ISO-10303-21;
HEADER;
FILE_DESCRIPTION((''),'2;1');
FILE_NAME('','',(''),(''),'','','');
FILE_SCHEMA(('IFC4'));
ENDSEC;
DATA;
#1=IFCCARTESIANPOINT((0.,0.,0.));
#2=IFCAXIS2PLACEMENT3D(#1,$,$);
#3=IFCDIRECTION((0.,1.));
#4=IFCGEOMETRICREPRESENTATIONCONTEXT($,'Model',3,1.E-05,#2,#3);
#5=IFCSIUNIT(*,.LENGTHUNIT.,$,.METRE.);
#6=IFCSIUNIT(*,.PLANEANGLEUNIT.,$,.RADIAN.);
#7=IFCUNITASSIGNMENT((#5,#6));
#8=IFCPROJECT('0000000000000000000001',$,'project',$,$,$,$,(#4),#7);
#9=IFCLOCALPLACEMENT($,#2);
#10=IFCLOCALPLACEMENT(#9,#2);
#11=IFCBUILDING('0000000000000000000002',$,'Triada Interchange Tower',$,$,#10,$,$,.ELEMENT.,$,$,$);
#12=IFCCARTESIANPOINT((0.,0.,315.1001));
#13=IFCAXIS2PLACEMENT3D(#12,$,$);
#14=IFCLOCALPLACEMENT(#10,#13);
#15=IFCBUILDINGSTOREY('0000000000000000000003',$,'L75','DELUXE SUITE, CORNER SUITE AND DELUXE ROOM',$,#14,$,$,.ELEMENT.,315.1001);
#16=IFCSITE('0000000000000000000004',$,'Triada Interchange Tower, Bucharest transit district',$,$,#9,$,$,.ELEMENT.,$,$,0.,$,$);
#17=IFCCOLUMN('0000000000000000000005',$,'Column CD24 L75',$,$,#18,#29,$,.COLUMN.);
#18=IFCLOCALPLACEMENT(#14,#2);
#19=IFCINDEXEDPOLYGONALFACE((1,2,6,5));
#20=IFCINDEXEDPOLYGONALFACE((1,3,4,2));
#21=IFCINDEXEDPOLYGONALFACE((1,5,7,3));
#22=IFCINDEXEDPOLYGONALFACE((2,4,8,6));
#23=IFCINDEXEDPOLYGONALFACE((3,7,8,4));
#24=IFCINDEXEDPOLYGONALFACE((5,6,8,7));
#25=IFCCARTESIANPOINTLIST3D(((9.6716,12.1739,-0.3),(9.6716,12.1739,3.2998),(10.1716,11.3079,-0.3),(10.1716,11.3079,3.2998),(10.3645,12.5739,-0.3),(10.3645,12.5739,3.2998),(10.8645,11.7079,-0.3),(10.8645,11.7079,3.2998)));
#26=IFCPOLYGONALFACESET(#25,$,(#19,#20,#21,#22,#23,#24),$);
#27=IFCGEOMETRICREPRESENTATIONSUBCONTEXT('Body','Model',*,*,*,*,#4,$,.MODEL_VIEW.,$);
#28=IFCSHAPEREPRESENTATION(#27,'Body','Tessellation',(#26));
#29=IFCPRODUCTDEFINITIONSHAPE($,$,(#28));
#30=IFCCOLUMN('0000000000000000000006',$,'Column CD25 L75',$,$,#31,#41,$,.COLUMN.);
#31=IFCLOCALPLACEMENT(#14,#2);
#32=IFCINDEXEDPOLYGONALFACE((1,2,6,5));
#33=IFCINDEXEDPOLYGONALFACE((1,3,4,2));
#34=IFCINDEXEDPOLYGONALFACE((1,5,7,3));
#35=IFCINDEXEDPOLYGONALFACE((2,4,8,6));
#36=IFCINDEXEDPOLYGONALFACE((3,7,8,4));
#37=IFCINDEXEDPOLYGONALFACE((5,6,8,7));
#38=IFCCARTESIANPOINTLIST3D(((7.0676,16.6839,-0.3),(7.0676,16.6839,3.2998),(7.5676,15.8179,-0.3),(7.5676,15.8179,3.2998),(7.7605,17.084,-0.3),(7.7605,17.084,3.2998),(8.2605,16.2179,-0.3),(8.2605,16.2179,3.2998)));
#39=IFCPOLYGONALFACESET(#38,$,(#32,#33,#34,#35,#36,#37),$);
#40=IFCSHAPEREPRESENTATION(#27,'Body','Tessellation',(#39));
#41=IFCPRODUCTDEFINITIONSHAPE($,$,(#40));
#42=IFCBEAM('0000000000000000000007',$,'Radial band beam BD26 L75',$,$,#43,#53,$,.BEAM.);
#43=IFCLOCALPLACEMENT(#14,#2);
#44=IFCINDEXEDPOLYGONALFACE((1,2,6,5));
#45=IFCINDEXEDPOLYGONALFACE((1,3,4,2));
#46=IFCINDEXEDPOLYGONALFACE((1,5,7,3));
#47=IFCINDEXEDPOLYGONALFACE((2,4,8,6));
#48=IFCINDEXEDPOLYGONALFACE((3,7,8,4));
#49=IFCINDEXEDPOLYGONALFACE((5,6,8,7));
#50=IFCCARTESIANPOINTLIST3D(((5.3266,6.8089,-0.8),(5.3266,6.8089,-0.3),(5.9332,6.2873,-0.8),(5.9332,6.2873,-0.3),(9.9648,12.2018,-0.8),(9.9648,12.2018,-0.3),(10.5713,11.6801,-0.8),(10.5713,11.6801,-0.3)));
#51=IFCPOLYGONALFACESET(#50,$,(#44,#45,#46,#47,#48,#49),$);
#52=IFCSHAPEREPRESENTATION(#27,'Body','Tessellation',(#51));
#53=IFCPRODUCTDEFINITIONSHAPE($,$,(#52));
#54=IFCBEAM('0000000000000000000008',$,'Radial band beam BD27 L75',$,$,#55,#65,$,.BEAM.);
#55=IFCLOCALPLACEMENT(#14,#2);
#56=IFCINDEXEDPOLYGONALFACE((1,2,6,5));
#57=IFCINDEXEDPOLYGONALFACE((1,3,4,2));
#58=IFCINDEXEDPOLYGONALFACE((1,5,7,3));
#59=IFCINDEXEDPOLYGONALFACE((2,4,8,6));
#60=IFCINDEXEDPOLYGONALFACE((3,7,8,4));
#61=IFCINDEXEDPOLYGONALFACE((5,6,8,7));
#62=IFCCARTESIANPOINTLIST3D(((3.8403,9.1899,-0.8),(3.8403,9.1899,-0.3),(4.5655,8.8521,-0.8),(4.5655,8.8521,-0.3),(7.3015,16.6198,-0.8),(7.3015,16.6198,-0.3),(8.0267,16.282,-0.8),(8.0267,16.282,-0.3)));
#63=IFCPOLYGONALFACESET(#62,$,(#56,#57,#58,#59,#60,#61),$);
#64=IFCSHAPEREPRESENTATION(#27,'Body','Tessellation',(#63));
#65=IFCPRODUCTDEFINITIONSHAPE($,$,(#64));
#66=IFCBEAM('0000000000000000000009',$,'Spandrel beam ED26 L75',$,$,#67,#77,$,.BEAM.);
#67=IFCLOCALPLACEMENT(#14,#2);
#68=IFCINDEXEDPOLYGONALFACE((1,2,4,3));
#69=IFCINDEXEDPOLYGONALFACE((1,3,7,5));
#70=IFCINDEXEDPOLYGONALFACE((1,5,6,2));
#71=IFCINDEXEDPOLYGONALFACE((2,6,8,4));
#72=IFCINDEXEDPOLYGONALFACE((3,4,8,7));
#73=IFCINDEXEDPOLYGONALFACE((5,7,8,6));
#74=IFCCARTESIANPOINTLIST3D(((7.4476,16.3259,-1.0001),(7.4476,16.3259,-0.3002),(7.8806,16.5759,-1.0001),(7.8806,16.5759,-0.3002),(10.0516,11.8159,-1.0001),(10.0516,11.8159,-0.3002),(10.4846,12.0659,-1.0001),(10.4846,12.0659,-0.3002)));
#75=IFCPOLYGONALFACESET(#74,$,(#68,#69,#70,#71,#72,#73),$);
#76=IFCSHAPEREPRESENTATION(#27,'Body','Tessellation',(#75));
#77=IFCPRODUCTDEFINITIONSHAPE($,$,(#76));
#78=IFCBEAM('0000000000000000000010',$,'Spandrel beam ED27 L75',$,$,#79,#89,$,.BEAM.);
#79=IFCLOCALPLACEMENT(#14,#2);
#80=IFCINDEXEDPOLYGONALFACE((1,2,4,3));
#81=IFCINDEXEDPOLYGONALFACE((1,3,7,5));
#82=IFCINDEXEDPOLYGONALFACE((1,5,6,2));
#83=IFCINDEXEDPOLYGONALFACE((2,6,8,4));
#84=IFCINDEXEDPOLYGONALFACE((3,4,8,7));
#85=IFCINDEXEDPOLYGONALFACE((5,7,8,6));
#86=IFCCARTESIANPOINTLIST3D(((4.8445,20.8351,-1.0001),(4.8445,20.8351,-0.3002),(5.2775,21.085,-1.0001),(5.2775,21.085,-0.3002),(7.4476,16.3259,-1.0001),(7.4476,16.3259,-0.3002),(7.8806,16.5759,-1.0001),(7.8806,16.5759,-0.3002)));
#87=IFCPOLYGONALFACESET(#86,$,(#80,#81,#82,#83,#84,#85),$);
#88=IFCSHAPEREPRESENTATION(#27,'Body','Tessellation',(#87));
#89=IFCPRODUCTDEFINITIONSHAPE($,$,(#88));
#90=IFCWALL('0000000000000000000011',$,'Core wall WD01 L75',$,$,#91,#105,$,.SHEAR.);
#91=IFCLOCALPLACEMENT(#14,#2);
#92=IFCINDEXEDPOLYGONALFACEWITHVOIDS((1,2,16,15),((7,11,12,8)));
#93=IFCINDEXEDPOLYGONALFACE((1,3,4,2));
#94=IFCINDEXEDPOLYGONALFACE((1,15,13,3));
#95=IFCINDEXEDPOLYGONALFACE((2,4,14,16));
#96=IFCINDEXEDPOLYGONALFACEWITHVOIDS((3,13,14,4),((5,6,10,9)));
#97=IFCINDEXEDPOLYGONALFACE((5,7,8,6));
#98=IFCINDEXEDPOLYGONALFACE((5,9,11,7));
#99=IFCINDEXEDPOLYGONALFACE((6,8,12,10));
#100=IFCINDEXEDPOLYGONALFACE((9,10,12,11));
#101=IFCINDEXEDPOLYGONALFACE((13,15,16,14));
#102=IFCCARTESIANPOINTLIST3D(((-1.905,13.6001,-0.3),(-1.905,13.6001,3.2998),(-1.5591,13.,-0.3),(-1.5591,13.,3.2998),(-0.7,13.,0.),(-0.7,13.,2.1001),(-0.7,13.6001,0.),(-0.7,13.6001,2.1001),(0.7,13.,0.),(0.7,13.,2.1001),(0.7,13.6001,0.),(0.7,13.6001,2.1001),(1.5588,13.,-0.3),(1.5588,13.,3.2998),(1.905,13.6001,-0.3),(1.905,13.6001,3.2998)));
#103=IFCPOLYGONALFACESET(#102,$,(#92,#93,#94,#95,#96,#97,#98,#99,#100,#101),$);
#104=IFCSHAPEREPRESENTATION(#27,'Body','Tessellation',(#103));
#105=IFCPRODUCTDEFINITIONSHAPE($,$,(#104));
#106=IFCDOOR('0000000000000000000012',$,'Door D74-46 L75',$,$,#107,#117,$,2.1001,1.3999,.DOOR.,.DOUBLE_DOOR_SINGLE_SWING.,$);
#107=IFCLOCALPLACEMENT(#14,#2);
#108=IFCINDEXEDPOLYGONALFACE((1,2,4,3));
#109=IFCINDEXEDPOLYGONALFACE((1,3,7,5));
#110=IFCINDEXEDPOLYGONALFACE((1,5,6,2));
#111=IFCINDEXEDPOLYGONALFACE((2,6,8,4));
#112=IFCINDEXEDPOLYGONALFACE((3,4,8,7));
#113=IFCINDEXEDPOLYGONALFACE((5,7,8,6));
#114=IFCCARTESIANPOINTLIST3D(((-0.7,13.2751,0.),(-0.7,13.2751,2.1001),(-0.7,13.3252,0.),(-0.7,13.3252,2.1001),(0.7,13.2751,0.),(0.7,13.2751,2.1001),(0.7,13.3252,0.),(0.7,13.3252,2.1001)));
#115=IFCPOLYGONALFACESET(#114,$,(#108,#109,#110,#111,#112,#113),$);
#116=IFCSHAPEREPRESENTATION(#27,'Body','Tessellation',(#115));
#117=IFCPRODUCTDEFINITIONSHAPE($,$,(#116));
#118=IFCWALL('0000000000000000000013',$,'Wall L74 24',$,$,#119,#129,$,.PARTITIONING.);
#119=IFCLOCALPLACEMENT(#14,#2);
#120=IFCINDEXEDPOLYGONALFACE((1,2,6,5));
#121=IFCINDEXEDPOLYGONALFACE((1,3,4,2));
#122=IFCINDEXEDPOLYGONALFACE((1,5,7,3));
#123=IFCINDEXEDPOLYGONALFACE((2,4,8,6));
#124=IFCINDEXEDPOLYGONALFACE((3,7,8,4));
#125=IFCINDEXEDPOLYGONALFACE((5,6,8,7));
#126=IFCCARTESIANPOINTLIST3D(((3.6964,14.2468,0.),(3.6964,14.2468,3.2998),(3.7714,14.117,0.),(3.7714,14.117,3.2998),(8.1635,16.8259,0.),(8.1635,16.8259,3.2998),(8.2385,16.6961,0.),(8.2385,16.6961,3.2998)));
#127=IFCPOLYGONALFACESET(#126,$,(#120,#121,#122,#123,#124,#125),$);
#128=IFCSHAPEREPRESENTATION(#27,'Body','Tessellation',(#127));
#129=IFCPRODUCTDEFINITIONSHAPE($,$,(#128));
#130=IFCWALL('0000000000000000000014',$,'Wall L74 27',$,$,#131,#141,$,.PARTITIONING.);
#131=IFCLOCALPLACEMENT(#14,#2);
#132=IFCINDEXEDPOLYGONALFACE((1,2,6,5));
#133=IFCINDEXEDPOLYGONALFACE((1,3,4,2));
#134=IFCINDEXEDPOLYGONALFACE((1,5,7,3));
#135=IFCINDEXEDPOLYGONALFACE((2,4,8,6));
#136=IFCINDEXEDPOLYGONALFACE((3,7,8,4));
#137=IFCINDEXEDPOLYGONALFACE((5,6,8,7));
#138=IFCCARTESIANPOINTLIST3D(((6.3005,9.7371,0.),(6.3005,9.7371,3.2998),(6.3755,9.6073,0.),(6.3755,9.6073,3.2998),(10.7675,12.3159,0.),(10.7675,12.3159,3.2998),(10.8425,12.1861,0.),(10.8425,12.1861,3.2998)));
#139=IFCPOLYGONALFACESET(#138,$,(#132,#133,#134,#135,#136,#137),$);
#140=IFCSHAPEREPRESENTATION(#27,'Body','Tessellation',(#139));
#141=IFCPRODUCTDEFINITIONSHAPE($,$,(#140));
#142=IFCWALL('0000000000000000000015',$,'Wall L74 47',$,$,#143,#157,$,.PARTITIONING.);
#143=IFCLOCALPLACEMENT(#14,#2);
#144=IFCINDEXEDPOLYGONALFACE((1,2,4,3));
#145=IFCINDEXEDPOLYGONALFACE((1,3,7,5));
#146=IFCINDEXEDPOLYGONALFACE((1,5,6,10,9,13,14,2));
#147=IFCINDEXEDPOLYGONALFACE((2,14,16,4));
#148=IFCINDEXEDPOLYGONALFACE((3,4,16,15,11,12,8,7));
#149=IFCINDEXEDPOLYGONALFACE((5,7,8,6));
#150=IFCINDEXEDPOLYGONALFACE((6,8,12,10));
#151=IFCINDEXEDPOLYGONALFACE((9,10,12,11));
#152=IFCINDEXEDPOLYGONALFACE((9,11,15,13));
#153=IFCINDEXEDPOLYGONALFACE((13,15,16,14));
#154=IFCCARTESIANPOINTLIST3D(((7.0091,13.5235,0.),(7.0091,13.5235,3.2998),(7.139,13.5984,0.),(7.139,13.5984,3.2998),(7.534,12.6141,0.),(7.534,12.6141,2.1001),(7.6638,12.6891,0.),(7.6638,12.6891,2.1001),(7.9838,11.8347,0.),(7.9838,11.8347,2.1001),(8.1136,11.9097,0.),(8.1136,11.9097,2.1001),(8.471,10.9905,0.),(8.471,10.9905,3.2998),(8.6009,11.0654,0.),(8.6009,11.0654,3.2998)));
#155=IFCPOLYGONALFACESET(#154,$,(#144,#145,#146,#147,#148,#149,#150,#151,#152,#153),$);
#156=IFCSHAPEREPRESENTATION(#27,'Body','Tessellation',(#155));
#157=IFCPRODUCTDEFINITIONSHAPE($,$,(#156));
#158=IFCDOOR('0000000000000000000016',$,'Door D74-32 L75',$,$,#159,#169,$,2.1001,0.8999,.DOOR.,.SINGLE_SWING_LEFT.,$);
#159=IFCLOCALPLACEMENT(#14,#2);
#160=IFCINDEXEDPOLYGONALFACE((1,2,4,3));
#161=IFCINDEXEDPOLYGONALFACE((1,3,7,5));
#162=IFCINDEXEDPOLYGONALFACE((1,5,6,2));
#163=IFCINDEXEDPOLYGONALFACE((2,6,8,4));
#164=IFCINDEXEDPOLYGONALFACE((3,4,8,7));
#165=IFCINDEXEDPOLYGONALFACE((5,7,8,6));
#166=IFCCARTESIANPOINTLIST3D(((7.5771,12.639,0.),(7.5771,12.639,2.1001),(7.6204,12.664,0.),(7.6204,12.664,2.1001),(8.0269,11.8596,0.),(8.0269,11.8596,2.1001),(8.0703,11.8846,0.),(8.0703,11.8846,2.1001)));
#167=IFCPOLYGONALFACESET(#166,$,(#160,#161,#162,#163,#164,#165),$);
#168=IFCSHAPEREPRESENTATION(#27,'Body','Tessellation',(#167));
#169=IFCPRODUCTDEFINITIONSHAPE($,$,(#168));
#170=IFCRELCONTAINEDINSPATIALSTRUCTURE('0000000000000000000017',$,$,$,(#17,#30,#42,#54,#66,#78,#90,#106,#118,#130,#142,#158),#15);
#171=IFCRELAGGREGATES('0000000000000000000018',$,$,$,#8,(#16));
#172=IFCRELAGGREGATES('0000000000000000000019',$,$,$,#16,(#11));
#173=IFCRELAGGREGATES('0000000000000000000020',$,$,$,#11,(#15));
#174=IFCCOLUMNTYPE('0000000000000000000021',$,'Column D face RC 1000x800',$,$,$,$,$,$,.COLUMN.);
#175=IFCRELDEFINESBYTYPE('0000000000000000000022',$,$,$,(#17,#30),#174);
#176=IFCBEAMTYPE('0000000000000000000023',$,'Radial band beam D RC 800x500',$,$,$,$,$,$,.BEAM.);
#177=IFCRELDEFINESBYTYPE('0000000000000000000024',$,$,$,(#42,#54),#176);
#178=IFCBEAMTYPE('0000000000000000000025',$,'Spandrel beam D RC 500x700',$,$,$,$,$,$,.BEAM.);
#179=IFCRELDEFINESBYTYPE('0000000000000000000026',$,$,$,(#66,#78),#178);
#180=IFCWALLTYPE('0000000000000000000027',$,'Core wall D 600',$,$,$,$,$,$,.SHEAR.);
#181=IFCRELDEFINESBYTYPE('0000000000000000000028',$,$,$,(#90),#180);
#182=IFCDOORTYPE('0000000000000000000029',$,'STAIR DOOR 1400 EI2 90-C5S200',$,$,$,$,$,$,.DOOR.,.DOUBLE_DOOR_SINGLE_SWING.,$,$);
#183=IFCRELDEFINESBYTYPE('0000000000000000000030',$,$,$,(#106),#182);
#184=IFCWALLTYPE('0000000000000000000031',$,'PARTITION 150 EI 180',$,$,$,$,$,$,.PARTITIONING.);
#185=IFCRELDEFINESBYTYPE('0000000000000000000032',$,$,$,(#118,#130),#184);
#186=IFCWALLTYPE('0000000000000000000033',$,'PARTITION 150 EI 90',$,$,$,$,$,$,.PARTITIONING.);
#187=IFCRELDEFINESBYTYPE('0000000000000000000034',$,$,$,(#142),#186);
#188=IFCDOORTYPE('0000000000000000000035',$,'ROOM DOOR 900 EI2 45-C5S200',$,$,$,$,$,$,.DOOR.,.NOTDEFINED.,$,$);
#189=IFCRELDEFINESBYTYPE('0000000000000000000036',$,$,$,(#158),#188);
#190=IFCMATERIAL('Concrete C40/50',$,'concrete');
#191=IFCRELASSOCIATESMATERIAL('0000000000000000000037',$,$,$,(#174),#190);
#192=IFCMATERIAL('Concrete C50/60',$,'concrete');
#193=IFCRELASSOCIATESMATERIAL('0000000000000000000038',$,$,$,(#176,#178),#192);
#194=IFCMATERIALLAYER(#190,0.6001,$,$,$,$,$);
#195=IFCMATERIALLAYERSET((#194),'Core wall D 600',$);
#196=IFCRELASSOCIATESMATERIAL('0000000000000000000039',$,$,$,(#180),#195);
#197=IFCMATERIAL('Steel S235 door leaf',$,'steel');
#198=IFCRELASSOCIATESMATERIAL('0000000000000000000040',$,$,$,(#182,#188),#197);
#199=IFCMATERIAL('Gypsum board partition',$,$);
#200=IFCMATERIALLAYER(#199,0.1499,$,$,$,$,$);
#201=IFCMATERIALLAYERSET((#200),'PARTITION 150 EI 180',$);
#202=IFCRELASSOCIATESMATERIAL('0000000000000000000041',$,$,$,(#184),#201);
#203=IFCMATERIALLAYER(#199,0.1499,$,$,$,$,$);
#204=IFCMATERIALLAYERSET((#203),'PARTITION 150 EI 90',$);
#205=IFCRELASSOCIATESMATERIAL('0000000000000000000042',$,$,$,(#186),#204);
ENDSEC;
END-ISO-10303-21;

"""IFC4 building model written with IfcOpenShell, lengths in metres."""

from ifc_helpers import new_model, si_unit, direction, frame, frame_2d, origin, origin_2d, place, context, subcontext, project, spatial, polyline, rectangle, outline, extrude, material, layer, layer_set, material_profile, profile_set, type_object, element, fill, save


model = new_model("IFC4")

# Units and contexts
model_context = context("Model", 3, precision=1e-05, world=origin(), true_north=direction((0.0, 1.0)))
body_context = subcontext(model_context, "Body", "Model", "MODEL_VIEW")
ifc_project = project(units=[si_unit("LENGTHUNIT", "METRE"), si_unit("PLANEANGLEUNIT", "RADIAN")], contexts=[model_context])

# Site, building, storey
site_placement = place(None, origin())
site = spatial("IfcSite", under=ifc_project, at=site_placement, Name="Triada Interchange Tower, Bucharest transit district", CompositionType="ELEMENT", RefElevation=0.0)
building_placement = place(site_placement, origin())
building = spatial("IfcBuilding", under=site, at=building_placement, Name="Triada Interchange Tower", CompositionType="ELEMENT")
storey_placement = place(building_placement, frame((0.0, 0.0, 315.1001)))
storey = spatial("IfcBuildingStorey", under=building, at=storey_placement, Name="L75", Description="DELUXE SUITE, CORNER SUITE AND DELUXE ROOM", CompositionType="ELEMENT", Elevation=315.1001)

# Columns
ifc_material_1 = material(Name="Concrete C40/50", Category="concrete")
ifc_material_profile_1 = material_profile(ifc_material_1, rectangle(XDim=1.0, YDim=0.8, at=origin_2d()), Name="RC 1000x800")
ifc_profile_set_1 = profile_set([ifc_material_profile_1], Name="Concrete C40/50")
column_type = type_object("IfcColumnType", Name="Column D face RC 1000x800", PredefinedType="COLUMN", material=ifc_profile_set_1)
for number, where, z_axis, x_axis, name in (
    (1, (10.2681, 11.9409, -0.3), (0.0, 0.0, 1.0), (-0.5, 0.866025, 0.0), "Column CD24 L75"),
    (2, (7.6641, 16.4509, -0.3), (0.0, 0.0, 1.0), (-0.5, 0.866025, 0.0), "Column CD25 L75"),
):
    element("IfcColumn", number, at=place(storey_placement, frame(where, z_axis=z_axis, x_axis=x_axis)), inside=storey, type_object=column_type, Name=name, PredefinedType="COLUMN", context=body_context, shape_type="SweptSolid", body=[
        extrude(rectangle(XDim=1.0, YDim=0.8, at=origin_2d()), origin(), (0.0, 0.0, 1.0), 3.5999),
    ])

# Beams
ifc_material_2 = material(Name="Concrete C50/60", Category="concrete")
ifc_material_profile_2 = material_profile(ifc_material_2, rectangle(XDim=0.8, YDim=0.5, at=origin_2d()), Name="RC 800x500")
ifc_profile_set_2 = profile_set([ifc_material_profile_2], Name="Concrete C50/60")
beam_type_1 = type_object("IfcBeamType", Name="Radial band beam D RC 800x500", PredefinedType="BEAM", material=ifc_profile_set_2)
beam_1_placement = place(storey_placement, frame((10.2681, 11.9409, -0.55), z_axis=(-0.652068, -0.75816, 0.0), x_axis=(0.75816, -0.652068, 0.0)))
element("IfcBeam", 3, at=beam_1_placement, inside=storey, type_object=beam_type_1, Name="Radial band beam BD26 L75", PredefinedType="BEAM", context=body_context, shape_type="SweptSolid", body=[
    extrude(rectangle(XDim=0.8, YDim=0.5, at=origin_2d()), origin(), (0.0, 0.0, 1.0), 7.113),
])
beam_2_placement = place(storey_placement, frame((7.6641, 16.4509, -0.55), z_axis=(-0.422272, -0.906469, 0.0), x_axis=(0.906469, -0.422272, 0.0)))
element("IfcBeam", 4, at=beam_2_placement, inside=storey, type_object=beam_type_1, Name="Radial band beam BD27 L75", PredefinedType="BEAM", context=body_context, shape_type="SweptSolid", body=[
    extrude(rectangle(XDim=0.8, YDim=0.5, at=origin_2d()), origin(), (0.0, 0.0, 1.0), 8.1965),
])
ifc_material_profile_3 = material_profile(ifc_material_2, rectangle(XDim=0.5, YDim=0.7, at=origin_2d()), Name="RC 500x700")
ifc_profile_set_3 = profile_set([ifc_material_profile_3], Name="Concrete C50/60")
beam_type_2 = type_object("IfcBeamType", Name="Spandrel beam D RC 500x700", PredefinedType="BEAM", material=ifc_profile_set_3)
beam_3_placement = place(storey_placement, frame((10.2681, 11.9409, -0.6501), z_axis=(-0.500021, 0.866013, 0.0), x_axis=(-0.866013, -0.500021, 0.0)))
element("IfcBeam", 5, at=beam_3_placement, inside=storey, type_object=beam_type_2, Name="Spandrel beam ED26 L75", PredefinedType="BEAM", context=body_context, shape_type="SweptSolid", body=[
    extrude(rectangle(XDim=0.5, YDim=0.7, at=origin_2d()), origin(), (0.0, 0.0, 1.0), 5.2078),
])
beam_4_placement = place(storey_placement, frame((7.6641, 16.4509, -0.6501), z_axis=(-0.499962, 0.866047, 0.0), x_axis=(-0.866047, -0.499962, 0.0)))
element("IfcBeam", 6, at=beam_4_placement, inside=storey, type_object=beam_type_2, Name="Spandrel beam ED27 L75", PredefinedType="BEAM", context=body_context, shape_type="SweptSolid", body=[
    extrude(rectangle(XDim=0.5, YDim=0.7, at=origin_2d()), origin(), (0.0, 0.0, 1.0), 5.2065),
])

# Wall, opening, door
ifc_layer_1 = layer(ifc_material_1, 0.6001)
ifc_layer_set_1 = layer_set([ifc_layer_1], Name="Core wall D 600")
wall_type_1 = type_object("IfcWallType", Name="Core wall D 600", PredefinedType="SHEAR", material=ifc_layer_set_1)
wall_1_placement = place(storey_placement, frame((1.7319, 13.3, -0.3), z_axis=(0.0, 0.0, 1.0), x_axis=(-1.0, 0.0, 0.0)))
wall_1 = element("IfcWall", 7, at=wall_1_placement, inside=storey, type_object=wall_type_1, Name="Core wall WD01 L75", PredefinedType="SHEAR", context=body_context, shape_type="SweptSolid", body=[
    extrude(outline(polyline([(-0.1731, -0.3), (1.7319, -0.3), (3.637, -0.3), (3.291, 0.3), (1.7319, 0.3), (0.1731, 0.3), (-0.1731, -0.3)])), origin(), (0.0, 0.0, 1.0), 3.5999),
])
opening_1_placement = place(wall_1_placement, frame((1.032, 0.0, 0.3)))
opening_1 = element("IfcOpeningElement", 8, at=opening_1_placement, cuts=wall_1, PredefinedType="OPENING", context=body_context, shape_type="SweptSolid", body=[
    extrude(rectangle(XDim=1.3999, YDim=2.1001, at=frame_2d((0.7, 1.05))), frame((0.0, 0.3101, 0.0), z_axis=(0.0, -1.0, 0.0), x_axis=(1.0, 0.0, 0.0)), (0.0, 0.0, 1.0), 0.6201),
])
ifc_material_3 = material(Name="Steel S235 door leaf", Category="steel")
door_type_1 = type_object("IfcDoorType", Name="STAIR DOOR 1400 EI2 90-C5S200", OperationType="DOUBLE_DOOR_SINGLE_SWING", PredefinedType="DOOR", material=ifc_material_3)
door_1_placement = place(opening_1_placement, origin())
door_1 = element("IfcDoor", 9, at=door_1_placement, inside=storey, type_object=door_type_1, Name="Door D74-46 L75", OperationType="DOUBLE_DOOR_SINGLE_SWING", OverallHeight=2.1001, OverallWidth=1.3999, PredefinedType="DOOR", context=body_context, shape_type="SweptSolid", body=[
    extrude(rectangle(XDim=1.3999, YDim=2.1001, at=frame_2d((0.7, 1.05))), frame((0.0, 0.0249, 0.0), z_axis=(0.0, -1.0, 0.0), x_axis=(1.0, 0.0, 0.0)), (0.0, 0.0, 1.0), 0.05),
])
fill(opening_1, door_1)

# Walls
ifc_material_4 = material(Name="Gypsum board partition")
ifc_layer_2 = layer(ifc_material_4, 0.1499)
ifc_layer_set_2 = layer_set([ifc_layer_2], Name="PARTITION 150 EI 180")
wall_type_2 = type_object("IfcWallType", Name="PARTITION 150 EI 180", PredefinedType="PARTITIONING", material=ifc_layer_set_2)
wall_2_placement = place(storey_placement, frame((3.7339, 14.1819, 0.0), z_axis=(0.0, 0.0, 1.0), x_axis=(0.866021, 0.500008, 0.0)))
element("IfcWall", 10, at=wall_2_placement, inside=storey, type_object=wall_type_2, Name="Wall L74 24", PredefinedType="PARTITIONING", context=body_context, shape_type="SweptSolid", body=[
    extrude(rectangle(XDim=5.1582, YDim=0.1499, at=frame_2d((2.5791, 0.0))), origin(), (0.0, 0.0, 1.0), 3.2998),
])
wall_3_placement = place(storey_placement, frame((6.3379, 9.6721, 0.0), z_axis=(0.0, 0.0, 1.0), x_axis=(0.866041, 0.499972, 0.0)))
element("IfcWall", 11, at=wall_3_placement, inside=storey, type_object=wall_type_2, Name="Wall L74 27", PredefinedType="PARTITIONING", context=body_context, shape_type="SweptSolid", body=[
    extrude(rectangle(XDim=5.158, YDim=0.1499, at=frame_2d((2.5791, 0.0))), origin(), (0.0, 0.0, 1.0), 3.2998),
])

# Wall, opening, door
ifc_layer_3 = layer(ifc_material_4, 0.1499)
ifc_layer_set_3 = layer_set([ifc_layer_3], Name="PARTITION 150 EI 90")
wall_type_3 = type_object("IfcWallType", Name="PARTITION 150 EI 90", PredefinedType="PARTITIONING", material=ifc_layer_set_3)
wall_4_placement = place(storey_placement, frame((7.074, 13.561, 0.0), z_axis=(0.0, 0.0, 1.0), x_axis=(0.499874, -0.866098, 0.0)))
wall_4 = element("IfcWall", 12, at=wall_4_placement, inside=storey, type_object=wall_type_3, Name="Wall L74 47", PredefinedType="PARTITIONING", context=body_context, shape_type="SweptSolid", body=[
    extrude(rectangle(XDim=2.9246, YDim=0.1499, at=frame_2d((1.4624, 0.0))), origin(), (0.0, 0.0, 1.0), 3.2998),
])
opening_2_placement = place(wall_4_placement, frame((1.05, 0.0, 0.0)))
opening_2 = element("IfcOpeningElement", 13, at=opening_2_placement, cuts=wall_4, PredefinedType="OPENING", context=body_context, shape_type="SweptSolid", body=[
    extrude(rectangle(XDim=0.8999, YDim=2.1001, at=frame_2d((0.45, 1.05))), frame((0.0, 0.085, 0.0), z_axis=(0.0, -1.0, 0.0), x_axis=(1.0, 0.0, 0.0)), (0.0, 0.0, 1.0), 0.1699),
])
door_type_2 = type_object("IfcDoorType", Name="ROOM DOOR 900 EI2 45-C5S200", OperationType="NOTDEFINED", PredefinedType="DOOR", material=ifc_material_3)
door_2_placement = place(opening_2_placement, origin())
door_2 = element("IfcDoor", 14, at=door_2_placement, inside=storey, type_object=door_type_2, Name="Door D74-32 L75", OperationType="SINGLE_SWING_LEFT", OverallHeight=2.1001, OverallWidth=0.8999, PredefinedType="DOOR", context=body_context, shape_type="SweptSolid", body=[
    extrude(rectangle(XDim=0.8999, YDim=2.1001, at=frame_2d((0.45, 1.05))), frame((0.0, 0.0249, 0.0), z_axis=(0.0, -1.0, 0.0), x_axis=(1.0, 0.0, 0.0)), (0.0, 0.0, 1.0), 0.05),
])
fill(opening_2, door_2)

save(model, "model.ifc")
